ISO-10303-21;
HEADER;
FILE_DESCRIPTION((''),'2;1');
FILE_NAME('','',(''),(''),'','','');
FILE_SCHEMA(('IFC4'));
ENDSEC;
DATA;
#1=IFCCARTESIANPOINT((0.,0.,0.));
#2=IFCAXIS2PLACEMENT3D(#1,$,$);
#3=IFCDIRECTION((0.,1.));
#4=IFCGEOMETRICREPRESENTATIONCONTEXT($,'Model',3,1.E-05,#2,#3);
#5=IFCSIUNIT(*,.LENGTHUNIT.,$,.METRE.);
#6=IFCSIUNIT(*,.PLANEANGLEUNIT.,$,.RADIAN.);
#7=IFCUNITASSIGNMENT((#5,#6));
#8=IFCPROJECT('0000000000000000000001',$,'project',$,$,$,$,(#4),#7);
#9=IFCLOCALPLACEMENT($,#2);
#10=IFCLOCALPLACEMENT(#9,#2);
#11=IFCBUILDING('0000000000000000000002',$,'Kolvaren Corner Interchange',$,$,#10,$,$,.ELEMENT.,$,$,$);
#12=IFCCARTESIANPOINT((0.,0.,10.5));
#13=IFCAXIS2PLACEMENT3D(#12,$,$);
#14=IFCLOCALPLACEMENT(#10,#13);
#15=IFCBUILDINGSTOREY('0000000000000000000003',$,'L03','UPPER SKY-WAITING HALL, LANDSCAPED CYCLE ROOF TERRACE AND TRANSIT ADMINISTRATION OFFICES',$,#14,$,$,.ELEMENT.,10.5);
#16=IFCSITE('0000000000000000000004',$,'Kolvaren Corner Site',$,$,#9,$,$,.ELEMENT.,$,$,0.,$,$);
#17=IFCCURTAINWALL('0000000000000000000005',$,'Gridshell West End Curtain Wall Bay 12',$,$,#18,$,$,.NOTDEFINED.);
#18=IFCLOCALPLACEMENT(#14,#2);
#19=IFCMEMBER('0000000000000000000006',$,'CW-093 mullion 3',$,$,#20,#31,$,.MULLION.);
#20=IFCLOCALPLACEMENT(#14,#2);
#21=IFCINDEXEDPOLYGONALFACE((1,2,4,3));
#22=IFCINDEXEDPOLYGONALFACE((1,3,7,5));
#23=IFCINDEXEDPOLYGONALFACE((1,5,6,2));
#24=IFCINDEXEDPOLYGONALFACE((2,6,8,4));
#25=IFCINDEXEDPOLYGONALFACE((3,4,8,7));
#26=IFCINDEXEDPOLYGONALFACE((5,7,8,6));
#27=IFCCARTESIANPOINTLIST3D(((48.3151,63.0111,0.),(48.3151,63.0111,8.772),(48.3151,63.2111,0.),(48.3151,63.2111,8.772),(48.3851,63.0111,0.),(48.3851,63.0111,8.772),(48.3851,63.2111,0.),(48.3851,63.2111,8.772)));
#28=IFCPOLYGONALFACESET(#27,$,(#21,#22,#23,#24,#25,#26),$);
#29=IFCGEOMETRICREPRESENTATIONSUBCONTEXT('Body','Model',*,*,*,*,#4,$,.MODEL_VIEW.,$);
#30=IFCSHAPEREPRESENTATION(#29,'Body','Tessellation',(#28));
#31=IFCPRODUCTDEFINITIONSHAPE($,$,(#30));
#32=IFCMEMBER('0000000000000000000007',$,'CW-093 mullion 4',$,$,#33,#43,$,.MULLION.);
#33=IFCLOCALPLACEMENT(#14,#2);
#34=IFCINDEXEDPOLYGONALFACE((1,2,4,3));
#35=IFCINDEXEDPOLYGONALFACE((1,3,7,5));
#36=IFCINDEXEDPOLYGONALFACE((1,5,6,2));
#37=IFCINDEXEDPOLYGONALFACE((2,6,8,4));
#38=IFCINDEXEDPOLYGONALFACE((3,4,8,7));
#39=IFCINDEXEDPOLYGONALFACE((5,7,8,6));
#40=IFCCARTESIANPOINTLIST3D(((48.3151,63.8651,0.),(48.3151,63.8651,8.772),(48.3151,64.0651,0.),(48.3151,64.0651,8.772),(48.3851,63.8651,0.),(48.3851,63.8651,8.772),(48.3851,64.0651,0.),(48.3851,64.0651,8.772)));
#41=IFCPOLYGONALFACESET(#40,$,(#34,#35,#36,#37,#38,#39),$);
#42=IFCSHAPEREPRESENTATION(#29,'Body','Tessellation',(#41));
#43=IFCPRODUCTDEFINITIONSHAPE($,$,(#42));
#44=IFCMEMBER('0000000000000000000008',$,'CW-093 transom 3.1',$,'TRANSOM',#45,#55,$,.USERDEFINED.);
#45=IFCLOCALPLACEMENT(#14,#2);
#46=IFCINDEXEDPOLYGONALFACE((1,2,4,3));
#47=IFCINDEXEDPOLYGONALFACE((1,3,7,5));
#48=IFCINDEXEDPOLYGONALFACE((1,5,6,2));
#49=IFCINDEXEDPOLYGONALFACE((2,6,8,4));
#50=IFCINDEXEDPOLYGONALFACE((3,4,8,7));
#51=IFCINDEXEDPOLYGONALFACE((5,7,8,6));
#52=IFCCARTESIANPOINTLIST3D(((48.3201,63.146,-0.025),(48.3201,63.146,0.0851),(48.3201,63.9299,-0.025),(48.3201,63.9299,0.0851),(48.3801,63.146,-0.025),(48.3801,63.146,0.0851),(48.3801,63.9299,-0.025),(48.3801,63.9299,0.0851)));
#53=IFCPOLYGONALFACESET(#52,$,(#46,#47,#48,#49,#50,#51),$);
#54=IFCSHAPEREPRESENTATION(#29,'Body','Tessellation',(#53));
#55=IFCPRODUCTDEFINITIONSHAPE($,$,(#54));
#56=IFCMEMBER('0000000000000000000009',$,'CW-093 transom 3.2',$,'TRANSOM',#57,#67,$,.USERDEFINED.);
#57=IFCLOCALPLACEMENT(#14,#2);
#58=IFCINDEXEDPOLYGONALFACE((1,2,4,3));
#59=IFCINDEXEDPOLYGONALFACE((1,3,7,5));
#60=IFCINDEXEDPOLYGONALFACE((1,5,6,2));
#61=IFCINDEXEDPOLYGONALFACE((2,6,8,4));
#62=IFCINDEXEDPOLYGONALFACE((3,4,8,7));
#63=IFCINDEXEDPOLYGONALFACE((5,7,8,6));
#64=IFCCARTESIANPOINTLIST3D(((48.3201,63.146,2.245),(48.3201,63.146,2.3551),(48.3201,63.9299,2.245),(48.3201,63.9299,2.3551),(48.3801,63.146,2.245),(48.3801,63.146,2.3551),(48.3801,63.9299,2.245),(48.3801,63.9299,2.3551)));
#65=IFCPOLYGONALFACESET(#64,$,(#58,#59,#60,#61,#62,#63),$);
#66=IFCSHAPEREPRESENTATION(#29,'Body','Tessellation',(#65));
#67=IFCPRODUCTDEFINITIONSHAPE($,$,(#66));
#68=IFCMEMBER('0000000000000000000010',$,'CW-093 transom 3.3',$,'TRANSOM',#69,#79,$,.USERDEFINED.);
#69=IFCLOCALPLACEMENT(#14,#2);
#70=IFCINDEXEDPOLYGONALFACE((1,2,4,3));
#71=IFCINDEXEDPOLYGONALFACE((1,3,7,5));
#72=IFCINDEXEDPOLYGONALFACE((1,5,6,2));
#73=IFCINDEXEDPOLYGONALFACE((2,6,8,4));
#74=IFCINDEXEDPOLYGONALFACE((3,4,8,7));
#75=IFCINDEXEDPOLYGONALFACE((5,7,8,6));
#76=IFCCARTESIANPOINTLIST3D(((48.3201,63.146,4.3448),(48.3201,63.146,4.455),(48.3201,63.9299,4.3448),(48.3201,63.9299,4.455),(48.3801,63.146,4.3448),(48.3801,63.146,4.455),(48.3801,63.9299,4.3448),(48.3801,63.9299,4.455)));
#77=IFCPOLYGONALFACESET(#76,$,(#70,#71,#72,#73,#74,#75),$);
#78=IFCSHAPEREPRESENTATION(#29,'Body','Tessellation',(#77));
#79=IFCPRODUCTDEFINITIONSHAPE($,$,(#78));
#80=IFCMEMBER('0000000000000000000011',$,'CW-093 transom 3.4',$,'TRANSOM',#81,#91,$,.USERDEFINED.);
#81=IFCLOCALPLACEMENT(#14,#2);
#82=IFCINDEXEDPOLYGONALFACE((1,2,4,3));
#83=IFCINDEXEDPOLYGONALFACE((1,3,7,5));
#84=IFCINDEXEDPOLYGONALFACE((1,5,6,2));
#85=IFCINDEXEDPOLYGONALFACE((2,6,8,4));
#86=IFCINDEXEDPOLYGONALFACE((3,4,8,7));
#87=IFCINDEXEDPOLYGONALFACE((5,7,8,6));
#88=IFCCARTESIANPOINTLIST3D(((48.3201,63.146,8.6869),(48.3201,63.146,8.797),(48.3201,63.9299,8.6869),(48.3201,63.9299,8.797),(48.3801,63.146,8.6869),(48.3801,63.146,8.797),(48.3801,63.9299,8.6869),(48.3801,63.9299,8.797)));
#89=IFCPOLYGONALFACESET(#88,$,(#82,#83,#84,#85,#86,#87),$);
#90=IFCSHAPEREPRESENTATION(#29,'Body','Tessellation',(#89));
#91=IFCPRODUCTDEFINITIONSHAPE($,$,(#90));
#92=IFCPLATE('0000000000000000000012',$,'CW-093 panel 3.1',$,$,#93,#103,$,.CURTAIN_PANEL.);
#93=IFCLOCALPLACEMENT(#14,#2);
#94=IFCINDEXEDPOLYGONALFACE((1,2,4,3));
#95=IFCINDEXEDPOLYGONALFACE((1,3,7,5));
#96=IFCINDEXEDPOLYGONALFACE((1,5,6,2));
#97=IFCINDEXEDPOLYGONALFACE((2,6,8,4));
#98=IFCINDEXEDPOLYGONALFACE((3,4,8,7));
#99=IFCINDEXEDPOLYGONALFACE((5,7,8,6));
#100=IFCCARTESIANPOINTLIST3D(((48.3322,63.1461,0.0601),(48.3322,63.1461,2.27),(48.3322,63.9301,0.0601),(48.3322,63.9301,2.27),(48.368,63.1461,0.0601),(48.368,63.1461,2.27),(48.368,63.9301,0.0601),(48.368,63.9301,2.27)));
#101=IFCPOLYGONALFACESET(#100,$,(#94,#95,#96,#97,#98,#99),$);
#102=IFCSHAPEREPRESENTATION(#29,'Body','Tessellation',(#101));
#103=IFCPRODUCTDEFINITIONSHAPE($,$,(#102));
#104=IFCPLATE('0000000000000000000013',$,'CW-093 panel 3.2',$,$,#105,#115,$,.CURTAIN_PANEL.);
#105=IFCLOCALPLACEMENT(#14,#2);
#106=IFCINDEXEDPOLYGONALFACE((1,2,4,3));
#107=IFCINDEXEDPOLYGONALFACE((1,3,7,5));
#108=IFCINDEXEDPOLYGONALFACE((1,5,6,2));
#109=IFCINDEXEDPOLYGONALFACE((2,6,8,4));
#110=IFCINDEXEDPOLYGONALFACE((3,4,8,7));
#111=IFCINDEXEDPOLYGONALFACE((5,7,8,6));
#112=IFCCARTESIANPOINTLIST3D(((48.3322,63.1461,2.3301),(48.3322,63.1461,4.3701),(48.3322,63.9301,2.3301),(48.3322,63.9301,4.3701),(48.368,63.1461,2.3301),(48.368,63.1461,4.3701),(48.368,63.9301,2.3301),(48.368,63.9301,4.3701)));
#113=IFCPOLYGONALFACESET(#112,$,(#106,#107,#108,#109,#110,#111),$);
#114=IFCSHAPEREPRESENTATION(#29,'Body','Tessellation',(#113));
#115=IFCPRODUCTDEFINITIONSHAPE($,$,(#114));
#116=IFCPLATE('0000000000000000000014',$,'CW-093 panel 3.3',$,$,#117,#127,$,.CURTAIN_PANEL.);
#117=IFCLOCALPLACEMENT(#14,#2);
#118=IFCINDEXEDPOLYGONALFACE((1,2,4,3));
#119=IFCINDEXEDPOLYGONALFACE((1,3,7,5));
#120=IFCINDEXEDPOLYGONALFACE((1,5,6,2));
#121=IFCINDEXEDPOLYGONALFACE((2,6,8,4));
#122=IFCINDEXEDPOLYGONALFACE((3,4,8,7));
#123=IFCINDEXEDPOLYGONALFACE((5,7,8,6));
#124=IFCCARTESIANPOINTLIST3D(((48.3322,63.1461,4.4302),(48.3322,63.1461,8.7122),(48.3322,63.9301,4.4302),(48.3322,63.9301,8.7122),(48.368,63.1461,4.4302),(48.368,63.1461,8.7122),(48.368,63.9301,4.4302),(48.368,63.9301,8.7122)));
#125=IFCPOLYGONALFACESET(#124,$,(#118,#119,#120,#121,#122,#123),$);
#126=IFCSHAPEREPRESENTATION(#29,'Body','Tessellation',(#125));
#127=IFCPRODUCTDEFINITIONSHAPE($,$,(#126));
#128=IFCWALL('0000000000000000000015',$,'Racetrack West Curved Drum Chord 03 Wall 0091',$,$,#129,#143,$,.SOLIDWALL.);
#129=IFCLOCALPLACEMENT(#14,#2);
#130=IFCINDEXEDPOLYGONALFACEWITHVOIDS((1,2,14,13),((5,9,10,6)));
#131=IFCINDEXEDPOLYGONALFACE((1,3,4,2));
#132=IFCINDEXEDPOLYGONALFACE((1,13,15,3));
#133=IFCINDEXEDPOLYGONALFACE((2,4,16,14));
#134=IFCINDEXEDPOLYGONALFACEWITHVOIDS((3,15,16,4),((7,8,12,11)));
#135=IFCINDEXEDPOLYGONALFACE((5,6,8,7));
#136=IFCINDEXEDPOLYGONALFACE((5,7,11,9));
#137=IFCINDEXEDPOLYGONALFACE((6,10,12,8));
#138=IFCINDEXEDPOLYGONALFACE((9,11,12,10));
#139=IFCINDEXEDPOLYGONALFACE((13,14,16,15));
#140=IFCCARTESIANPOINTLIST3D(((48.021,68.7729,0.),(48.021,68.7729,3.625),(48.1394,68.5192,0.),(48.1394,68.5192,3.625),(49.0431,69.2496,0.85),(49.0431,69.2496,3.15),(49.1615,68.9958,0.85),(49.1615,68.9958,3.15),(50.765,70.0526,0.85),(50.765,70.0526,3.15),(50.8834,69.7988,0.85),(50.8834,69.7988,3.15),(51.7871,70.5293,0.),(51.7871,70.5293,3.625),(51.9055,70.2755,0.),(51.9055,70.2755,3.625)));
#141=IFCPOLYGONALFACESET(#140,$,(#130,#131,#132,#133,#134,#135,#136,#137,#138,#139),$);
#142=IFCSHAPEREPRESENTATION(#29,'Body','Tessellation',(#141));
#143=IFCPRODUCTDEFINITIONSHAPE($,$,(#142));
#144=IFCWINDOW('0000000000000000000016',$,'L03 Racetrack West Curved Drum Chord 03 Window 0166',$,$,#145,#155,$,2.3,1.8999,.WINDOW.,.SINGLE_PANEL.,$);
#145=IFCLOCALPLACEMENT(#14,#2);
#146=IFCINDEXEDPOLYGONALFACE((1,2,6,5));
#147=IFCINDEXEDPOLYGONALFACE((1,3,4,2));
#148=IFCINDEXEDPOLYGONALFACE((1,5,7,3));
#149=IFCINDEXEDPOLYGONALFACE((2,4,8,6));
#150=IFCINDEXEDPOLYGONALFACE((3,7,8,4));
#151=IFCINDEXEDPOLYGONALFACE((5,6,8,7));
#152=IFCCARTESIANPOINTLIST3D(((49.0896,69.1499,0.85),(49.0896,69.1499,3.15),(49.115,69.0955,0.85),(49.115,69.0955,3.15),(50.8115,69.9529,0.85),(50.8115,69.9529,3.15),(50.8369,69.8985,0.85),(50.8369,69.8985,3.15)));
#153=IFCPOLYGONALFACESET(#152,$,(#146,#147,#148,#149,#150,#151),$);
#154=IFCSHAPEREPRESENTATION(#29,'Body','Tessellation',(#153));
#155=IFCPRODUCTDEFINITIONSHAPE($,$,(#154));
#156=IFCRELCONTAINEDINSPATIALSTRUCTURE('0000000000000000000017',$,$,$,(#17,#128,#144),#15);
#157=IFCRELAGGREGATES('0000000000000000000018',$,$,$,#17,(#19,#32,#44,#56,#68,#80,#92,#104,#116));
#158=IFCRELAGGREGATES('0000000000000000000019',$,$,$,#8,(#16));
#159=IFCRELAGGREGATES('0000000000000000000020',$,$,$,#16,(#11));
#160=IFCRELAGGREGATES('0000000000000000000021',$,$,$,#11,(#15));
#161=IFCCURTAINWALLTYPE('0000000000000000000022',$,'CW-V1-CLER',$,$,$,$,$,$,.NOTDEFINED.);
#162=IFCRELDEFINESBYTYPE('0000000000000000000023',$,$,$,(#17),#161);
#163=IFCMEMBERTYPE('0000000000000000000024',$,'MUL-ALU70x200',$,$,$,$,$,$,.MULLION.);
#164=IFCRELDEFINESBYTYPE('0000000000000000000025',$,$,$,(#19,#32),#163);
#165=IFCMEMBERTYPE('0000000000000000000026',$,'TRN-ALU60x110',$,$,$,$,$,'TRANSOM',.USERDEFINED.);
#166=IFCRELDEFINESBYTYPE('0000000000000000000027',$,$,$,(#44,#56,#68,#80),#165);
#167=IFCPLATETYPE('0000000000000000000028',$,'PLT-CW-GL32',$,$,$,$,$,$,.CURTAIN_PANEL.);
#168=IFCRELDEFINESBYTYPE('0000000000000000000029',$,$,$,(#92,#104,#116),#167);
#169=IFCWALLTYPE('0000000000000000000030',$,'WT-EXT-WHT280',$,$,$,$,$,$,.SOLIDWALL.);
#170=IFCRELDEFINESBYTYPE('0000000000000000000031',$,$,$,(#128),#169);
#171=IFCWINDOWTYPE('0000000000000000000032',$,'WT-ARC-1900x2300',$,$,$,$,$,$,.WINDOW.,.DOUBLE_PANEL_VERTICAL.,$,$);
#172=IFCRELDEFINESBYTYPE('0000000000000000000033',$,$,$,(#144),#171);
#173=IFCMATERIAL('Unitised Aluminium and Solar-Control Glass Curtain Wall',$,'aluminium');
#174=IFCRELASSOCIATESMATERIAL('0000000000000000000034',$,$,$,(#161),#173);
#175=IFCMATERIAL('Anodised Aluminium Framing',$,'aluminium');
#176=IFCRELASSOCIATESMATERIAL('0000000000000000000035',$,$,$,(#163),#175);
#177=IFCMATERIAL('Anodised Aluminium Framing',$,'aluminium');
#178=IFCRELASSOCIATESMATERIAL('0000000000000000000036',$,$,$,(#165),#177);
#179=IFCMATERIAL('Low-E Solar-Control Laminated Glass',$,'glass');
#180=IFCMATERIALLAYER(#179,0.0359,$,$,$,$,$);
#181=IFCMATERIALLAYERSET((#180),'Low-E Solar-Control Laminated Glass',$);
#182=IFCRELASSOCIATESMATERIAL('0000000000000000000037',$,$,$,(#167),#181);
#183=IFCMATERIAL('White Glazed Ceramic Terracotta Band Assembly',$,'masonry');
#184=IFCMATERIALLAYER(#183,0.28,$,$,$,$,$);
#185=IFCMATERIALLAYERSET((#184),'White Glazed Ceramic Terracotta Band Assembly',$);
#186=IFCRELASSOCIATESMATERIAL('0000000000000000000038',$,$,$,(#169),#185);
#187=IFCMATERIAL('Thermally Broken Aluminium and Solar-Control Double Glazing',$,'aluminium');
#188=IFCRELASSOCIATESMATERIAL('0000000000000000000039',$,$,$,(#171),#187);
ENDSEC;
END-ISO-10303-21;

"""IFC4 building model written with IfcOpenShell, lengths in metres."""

from ifc_helpers import new_model, si_unit, direction, frame, frame_2d, origin, origin_2d, place, context, subcontext, project, spatial, rectangle, extrude, material, layer, layer_set, material_profile, profile_set, type_object, element, fill, aggregate, save


model = new_model("IFC4")

# Units and contexts
model_context = context("Model", 3, precision=1e-05, world=origin(), true_north=direction((0.0, 1.0)))
body_context = subcontext(model_context, "Body", "Model", "MODEL_VIEW")
ifc_project = project(units=[si_unit("LENGTHUNIT", "METRE"), si_unit("PLANEANGLEUNIT", "RADIAN")], contexts=[model_context])

# Site, building, storey
site_placement = place(None, origin())
site = spatial("IfcSite", under=ifc_project, at=site_placement, Name="Kolvaren Corner Site", CompositionType="ELEMENT", RefElevation=0.0)
building_placement = place(site_placement, origin())
building = spatial("IfcBuilding", under=site, at=building_placement, Name="Kolvaren Corner Interchange", CompositionType="ELEMENT")
storey_placement = place(building_placement, frame((0.0, 0.0, 10.5)))
storey = spatial("IfcBuildingStorey", under=building, at=storey_placement, Name="L03", Description="UPPER SKY-WAITING HALL, LANDSCAPED CYCLE ROOF TERRACE AND TRANSIT ADMINISTRATION OFFICES", CompositionType="ELEMENT", Elevation=10.5)

# Curtain wall, members, plates
ifc_material_1 = material(Name="Unitised Aluminium and Solar-Control Glass Curtain Wall", Category="aluminium")
curtain_wall_type = type_object("IfcCurtainWallType", Name="CW-V1-CLER", PredefinedType="NOTDEFINED", material=ifc_material_1)
curtain_wall_placement = place(storey_placement, origin())
curtain_wall = element("IfcCurtainWall", 1, at=curtain_wall_placement, inside=storey, type_object=curtain_wall_type, Name="Gridshell West End Curtain Wall Bay 12", PredefinedType="NOTDEFINED")
ifc_material_2 = material(Name="Anodised Aluminium Framing", Category="aluminium")
ifc_material_profile_1 = material_profile(ifc_material_2, rectangle(XDim=0.0701, YDim=0.2, at=origin_2d()), Name="ALU 70x200")
ifc_profile_set_1 = profile_set([ifc_material_profile_1], Name="Anodised Aluminium Framing")
member_type_1 = type_object("IfcMemberType", Name="MUL-ALU70x200", PredefinedType="MULLION", material=ifc_profile_set_1)
member_1_placement = place(storey_placement, frame((48.3501, 63.1111, 0.0), z_axis=(0.0, 0.0, 1.0), x_axis=(-1.0, 0.0, 0.0)))
member_1 = element("IfcMember", 2, at=member_1_placement, type_object=member_type_1, Name="CW-093 mullion 3", PredefinedType="MULLION", context=body_context, shape_type="SweptSolid", body=[
    extrude(rectangle(XDim=0.0701, YDim=0.2, at=origin_2d()), origin(), (0.0, 0.0, 1.0), 8.772),
])
member_2_placement = place(storey_placement, frame((48.3501, 63.9651, 0.0), z_axis=(0.0, 0.0, 1.0), x_axis=(-1.0, 0.0, 0.0)))
member_2 = element("IfcMember", 3, at=member_2_placement, type_object=member_type_1, Name="CW-093 mullion 4", PredefinedType="MULLION", context=body_context, shape_type="SweptSolid", body=[
    extrude(rectangle(XDim=0.0701, YDim=0.2, at=origin_2d()), origin(), (0.0, 0.0, 1.0), 8.772),
])
ifc_material_3 = material(Name="Anodised Aluminium Framing", Category="aluminium")
ifc_material_profile_2 = material_profile(ifc_material_3, rectangle(XDim=0.0601, YDim=0.1101, at=origin_2d()), Name="ALU 60x110")
ifc_profile_set_2 = profile_set([ifc_material_profile_2], Name="Anodised Aluminium Framing")
member_type_2 = type_object("IfcMemberType", Name="TRN-ALU60x110", ElementType="TRANSOM", PredefinedType="USERDEFINED", material=ifc_profile_set_2)
member_3_placement = place(storey_placement, frame((48.3501, 63.146, 0.03), z_axis=(0.0, 1.0, 0.0), x_axis=(-1.0, 0.0, 0.0)))
member_3 = element("IfcMember", 4, at=member_3_placement, type_object=member_type_2, Name="CW-093 transom 3.1", ObjectType="TRANSOM", PredefinedType="USERDEFINED", context=body_context, shape_type="SweptSolid", body=[
    extrude(rectangle(XDim=0.0601, YDim=0.1101, at=origin_2d()), origin(), (0.0, 0.0, 1.0), 0.7839),
])
member_4_placement = place(storey_placement, frame((48.3501, 63.146, 2.3), z_axis=(0.0, 1.0, 0.0), x_axis=(-1.0, 0.0, 0.0)))
member_4 = element("IfcMember", 5, at=member_4_placement, type_object=member_type_2, Name="CW-093 transom 3.2", ObjectType="TRANSOM", PredefinedType="USERDEFINED", context=body_context, shape_type="SweptSolid", body=[
    extrude(rectangle(XDim=0.0601, YDim=0.1101, at=origin_2d()), origin(), (0.0, 0.0, 1.0), 0.7839),
])
member_5_placement = place(storey_placement, frame((48.3501, 63.146, 4.3999), z_axis=(0.0, 1.0, 0.0), x_axis=(-1.0, 0.0, 0.0)))
member_5 = element("IfcMember", 6, at=member_5_placement, type_object=member_type_2, Name="CW-093 transom 3.3", ObjectType="TRANSOM", PredefinedType="USERDEFINED", context=body_context, shape_type="SweptSolid", body=[
    extrude(rectangle(XDim=0.0601, YDim=0.1101, at=origin_2d()), origin(), (0.0, 0.0, 1.0), 0.7839),
])
member_6_placement = place(storey_placement, frame((48.3501, 63.146, 8.7419), z_axis=(0.0, 1.0, 0.0), x_axis=(-1.0, 0.0, 0.0)))
member_6 = element("IfcMember", 7, at=member_6_placement, type_object=member_type_2, Name="CW-093 transom 3.4", ObjectType="TRANSOM", PredefinedType="USERDEFINED", context=body_context, shape_type="SweptSolid", body=[
    extrude(rectangle(XDim=0.0601, YDim=0.1101, at=origin_2d()), origin(), (0.0, 0.0, 1.0), 0.7839),
])
ifc_material_4 = material(Name="Low-E Solar-Control Laminated Glass", Category="glass")
ifc_layer_1 = layer(ifc_material_4, 0.0359)
ifc_layer_set_1 = layer_set([ifc_layer_1], Name="Low-E Solar-Control Laminated Glass")
plate_type = type_object("IfcPlateType", Name="PLT-CW-GL32", PredefinedType="CURTAIN_PANEL", material=ifc_layer_set_1)
plate_1_placement = place(storey_placement, frame((48.3501, 63.5381, 0.0601), z_axis=(0.0, 0.0, 1.0), x_axis=(0.0, 1.0, 0.0)))
plate_1 = element("IfcPlate", 8, at=plate_1_placement, type_object=plate_type, Name="CW-093 panel 3.1", PredefinedType="CURTAIN_PANEL", context=body_context, shape_type="SweptSolid", body=[
    extrude(rectangle(XDim=0.7839, YDim=0.0359, at=origin_2d()), origin(), (0.0, 0.0, 1.0), 2.21),
])
plate_2_placement = place(storey_placement, frame((48.3501, 63.5381, 2.3301), z_axis=(0.0, 0.0, 1.0), x_axis=(0.0, 1.0, 0.0)))
plate_2 = element("IfcPlate", 9, at=plate_2_placement, type_object=plate_type, Name="CW-093 panel 3.2", PredefinedType="CURTAIN_PANEL", context=body_context, shape_type="SweptSolid", body=[
    extrude(rectangle(XDim=0.7839, YDim=0.0359, at=origin_2d()), origin(), (0.0, 0.0, 1.0), 2.04),
])
plate_3_placement = place(storey_placement, frame((48.3501, 63.5381, 4.4302), z_axis=(0.0, 0.0, 1.0), x_axis=(0.0, 1.0, 0.0)))
plate_3 = element("IfcPlate", 10, at=plate_3_placement, type_object=plate_type, Name="CW-093 panel 3.3", PredefinedType="CURTAIN_PANEL", context=body_context, shape_type="SweptSolid", body=[
    extrude(rectangle(XDim=0.7839, YDim=0.0359, at=origin_2d()), origin(), (0.0, 0.0, 1.0), 4.282),
])
aggregate(curtain_wall, [member_1, member_2, member_3, member_4, member_5, member_6, plate_1, plate_2, plate_3])

# Wall, opening, window
ifc_material_5 = material(Name="White Glazed Ceramic Terracotta Band Assembly", Category="masonry")
ifc_layer_2 = layer(ifc_material_5, 0.28)
ifc_layer_set_2 = layer_set([ifc_layer_2], Name="White Glazed Ceramic Terracotta Band Assembly")
wall_type = type_object("IfcWallType", Name="WT-EXT-WHT280", PredefinedType="SOLIDWALL", material=ifc_layer_set_2)
wall_placement = place(storey_placement, frame((51.8462, 70.4023, 0.0), z_axis=(0.0, 0.0, 1.0), x_axis=(-0.906291, -0.422654, 0.0)))
wall = element("IfcWall", 11, at=wall_placement, inside=storey, type_object=wall_type, Name="Racetrack West Curved Drum Chord 03 Wall 0091", PredefinedType="SOLIDWALL", context=body_context, shape_type="SweptSolid", body=[
    extrude(rectangle(XDim=4.1555, YDim=0.28, at=frame_2d((2.0776, 0.0))), origin(), (0.0, 0.0, 1.0), 3.625),
])
opening_placement = place(wall_placement, frame((1.1277, 0.0, 0.8501)))
opening = element("IfcOpeningElement", 12, at=opening_placement, cuts=wall, PredefinedType="OPENING", context=body_context, shape_type="SweptSolid", body=[
    extrude(rectangle(XDim=1.8999, YDim=2.3, at=frame_2d((0.95, 1.1499))), frame((0.0, 0.1499, 0.0), z_axis=(0.0, -1.0, 0.0), x_axis=(1.0, 0.0, 0.0)), (0.0, 0.0, 1.0), 0.3),
])
ifc_material_6 = material(Name="Thermally Broken Aluminium and Solar-Control Double Glazing", Category="aluminium")
window_type = type_object("IfcWindowType", Name="WT-ARC-1900x2300", PartitioningType="DOUBLE_PANEL_VERTICAL", PredefinedType="WINDOW", material=ifc_material_6)
window_placement = place(opening_placement, origin())
window = element("IfcWindow", 13, at=window_placement, inside=storey, type_object=window_type, Name="L03 Racetrack West Curved Drum Chord 03 Window 0166", OverallHeight=2.3, OverallWidth=1.8999, PartitioningType="SINGLE_PANEL", PredefinedType="WINDOW", context=body_context, shape_type="SweptSolid", body=[
    extrude(rectangle(XDim=1.8999, YDim=2.3, at=frame_2d((0.95, 1.1499))), frame((0.0, 0.03, 0.0), z_axis=(0.0, -1.0, 0.0), x_axis=(1.0, 0.0, 0.0)), (0.0, 0.0, 1.0), 0.0601),
])
fill(opening, window)

save(model, "model.ifc")
